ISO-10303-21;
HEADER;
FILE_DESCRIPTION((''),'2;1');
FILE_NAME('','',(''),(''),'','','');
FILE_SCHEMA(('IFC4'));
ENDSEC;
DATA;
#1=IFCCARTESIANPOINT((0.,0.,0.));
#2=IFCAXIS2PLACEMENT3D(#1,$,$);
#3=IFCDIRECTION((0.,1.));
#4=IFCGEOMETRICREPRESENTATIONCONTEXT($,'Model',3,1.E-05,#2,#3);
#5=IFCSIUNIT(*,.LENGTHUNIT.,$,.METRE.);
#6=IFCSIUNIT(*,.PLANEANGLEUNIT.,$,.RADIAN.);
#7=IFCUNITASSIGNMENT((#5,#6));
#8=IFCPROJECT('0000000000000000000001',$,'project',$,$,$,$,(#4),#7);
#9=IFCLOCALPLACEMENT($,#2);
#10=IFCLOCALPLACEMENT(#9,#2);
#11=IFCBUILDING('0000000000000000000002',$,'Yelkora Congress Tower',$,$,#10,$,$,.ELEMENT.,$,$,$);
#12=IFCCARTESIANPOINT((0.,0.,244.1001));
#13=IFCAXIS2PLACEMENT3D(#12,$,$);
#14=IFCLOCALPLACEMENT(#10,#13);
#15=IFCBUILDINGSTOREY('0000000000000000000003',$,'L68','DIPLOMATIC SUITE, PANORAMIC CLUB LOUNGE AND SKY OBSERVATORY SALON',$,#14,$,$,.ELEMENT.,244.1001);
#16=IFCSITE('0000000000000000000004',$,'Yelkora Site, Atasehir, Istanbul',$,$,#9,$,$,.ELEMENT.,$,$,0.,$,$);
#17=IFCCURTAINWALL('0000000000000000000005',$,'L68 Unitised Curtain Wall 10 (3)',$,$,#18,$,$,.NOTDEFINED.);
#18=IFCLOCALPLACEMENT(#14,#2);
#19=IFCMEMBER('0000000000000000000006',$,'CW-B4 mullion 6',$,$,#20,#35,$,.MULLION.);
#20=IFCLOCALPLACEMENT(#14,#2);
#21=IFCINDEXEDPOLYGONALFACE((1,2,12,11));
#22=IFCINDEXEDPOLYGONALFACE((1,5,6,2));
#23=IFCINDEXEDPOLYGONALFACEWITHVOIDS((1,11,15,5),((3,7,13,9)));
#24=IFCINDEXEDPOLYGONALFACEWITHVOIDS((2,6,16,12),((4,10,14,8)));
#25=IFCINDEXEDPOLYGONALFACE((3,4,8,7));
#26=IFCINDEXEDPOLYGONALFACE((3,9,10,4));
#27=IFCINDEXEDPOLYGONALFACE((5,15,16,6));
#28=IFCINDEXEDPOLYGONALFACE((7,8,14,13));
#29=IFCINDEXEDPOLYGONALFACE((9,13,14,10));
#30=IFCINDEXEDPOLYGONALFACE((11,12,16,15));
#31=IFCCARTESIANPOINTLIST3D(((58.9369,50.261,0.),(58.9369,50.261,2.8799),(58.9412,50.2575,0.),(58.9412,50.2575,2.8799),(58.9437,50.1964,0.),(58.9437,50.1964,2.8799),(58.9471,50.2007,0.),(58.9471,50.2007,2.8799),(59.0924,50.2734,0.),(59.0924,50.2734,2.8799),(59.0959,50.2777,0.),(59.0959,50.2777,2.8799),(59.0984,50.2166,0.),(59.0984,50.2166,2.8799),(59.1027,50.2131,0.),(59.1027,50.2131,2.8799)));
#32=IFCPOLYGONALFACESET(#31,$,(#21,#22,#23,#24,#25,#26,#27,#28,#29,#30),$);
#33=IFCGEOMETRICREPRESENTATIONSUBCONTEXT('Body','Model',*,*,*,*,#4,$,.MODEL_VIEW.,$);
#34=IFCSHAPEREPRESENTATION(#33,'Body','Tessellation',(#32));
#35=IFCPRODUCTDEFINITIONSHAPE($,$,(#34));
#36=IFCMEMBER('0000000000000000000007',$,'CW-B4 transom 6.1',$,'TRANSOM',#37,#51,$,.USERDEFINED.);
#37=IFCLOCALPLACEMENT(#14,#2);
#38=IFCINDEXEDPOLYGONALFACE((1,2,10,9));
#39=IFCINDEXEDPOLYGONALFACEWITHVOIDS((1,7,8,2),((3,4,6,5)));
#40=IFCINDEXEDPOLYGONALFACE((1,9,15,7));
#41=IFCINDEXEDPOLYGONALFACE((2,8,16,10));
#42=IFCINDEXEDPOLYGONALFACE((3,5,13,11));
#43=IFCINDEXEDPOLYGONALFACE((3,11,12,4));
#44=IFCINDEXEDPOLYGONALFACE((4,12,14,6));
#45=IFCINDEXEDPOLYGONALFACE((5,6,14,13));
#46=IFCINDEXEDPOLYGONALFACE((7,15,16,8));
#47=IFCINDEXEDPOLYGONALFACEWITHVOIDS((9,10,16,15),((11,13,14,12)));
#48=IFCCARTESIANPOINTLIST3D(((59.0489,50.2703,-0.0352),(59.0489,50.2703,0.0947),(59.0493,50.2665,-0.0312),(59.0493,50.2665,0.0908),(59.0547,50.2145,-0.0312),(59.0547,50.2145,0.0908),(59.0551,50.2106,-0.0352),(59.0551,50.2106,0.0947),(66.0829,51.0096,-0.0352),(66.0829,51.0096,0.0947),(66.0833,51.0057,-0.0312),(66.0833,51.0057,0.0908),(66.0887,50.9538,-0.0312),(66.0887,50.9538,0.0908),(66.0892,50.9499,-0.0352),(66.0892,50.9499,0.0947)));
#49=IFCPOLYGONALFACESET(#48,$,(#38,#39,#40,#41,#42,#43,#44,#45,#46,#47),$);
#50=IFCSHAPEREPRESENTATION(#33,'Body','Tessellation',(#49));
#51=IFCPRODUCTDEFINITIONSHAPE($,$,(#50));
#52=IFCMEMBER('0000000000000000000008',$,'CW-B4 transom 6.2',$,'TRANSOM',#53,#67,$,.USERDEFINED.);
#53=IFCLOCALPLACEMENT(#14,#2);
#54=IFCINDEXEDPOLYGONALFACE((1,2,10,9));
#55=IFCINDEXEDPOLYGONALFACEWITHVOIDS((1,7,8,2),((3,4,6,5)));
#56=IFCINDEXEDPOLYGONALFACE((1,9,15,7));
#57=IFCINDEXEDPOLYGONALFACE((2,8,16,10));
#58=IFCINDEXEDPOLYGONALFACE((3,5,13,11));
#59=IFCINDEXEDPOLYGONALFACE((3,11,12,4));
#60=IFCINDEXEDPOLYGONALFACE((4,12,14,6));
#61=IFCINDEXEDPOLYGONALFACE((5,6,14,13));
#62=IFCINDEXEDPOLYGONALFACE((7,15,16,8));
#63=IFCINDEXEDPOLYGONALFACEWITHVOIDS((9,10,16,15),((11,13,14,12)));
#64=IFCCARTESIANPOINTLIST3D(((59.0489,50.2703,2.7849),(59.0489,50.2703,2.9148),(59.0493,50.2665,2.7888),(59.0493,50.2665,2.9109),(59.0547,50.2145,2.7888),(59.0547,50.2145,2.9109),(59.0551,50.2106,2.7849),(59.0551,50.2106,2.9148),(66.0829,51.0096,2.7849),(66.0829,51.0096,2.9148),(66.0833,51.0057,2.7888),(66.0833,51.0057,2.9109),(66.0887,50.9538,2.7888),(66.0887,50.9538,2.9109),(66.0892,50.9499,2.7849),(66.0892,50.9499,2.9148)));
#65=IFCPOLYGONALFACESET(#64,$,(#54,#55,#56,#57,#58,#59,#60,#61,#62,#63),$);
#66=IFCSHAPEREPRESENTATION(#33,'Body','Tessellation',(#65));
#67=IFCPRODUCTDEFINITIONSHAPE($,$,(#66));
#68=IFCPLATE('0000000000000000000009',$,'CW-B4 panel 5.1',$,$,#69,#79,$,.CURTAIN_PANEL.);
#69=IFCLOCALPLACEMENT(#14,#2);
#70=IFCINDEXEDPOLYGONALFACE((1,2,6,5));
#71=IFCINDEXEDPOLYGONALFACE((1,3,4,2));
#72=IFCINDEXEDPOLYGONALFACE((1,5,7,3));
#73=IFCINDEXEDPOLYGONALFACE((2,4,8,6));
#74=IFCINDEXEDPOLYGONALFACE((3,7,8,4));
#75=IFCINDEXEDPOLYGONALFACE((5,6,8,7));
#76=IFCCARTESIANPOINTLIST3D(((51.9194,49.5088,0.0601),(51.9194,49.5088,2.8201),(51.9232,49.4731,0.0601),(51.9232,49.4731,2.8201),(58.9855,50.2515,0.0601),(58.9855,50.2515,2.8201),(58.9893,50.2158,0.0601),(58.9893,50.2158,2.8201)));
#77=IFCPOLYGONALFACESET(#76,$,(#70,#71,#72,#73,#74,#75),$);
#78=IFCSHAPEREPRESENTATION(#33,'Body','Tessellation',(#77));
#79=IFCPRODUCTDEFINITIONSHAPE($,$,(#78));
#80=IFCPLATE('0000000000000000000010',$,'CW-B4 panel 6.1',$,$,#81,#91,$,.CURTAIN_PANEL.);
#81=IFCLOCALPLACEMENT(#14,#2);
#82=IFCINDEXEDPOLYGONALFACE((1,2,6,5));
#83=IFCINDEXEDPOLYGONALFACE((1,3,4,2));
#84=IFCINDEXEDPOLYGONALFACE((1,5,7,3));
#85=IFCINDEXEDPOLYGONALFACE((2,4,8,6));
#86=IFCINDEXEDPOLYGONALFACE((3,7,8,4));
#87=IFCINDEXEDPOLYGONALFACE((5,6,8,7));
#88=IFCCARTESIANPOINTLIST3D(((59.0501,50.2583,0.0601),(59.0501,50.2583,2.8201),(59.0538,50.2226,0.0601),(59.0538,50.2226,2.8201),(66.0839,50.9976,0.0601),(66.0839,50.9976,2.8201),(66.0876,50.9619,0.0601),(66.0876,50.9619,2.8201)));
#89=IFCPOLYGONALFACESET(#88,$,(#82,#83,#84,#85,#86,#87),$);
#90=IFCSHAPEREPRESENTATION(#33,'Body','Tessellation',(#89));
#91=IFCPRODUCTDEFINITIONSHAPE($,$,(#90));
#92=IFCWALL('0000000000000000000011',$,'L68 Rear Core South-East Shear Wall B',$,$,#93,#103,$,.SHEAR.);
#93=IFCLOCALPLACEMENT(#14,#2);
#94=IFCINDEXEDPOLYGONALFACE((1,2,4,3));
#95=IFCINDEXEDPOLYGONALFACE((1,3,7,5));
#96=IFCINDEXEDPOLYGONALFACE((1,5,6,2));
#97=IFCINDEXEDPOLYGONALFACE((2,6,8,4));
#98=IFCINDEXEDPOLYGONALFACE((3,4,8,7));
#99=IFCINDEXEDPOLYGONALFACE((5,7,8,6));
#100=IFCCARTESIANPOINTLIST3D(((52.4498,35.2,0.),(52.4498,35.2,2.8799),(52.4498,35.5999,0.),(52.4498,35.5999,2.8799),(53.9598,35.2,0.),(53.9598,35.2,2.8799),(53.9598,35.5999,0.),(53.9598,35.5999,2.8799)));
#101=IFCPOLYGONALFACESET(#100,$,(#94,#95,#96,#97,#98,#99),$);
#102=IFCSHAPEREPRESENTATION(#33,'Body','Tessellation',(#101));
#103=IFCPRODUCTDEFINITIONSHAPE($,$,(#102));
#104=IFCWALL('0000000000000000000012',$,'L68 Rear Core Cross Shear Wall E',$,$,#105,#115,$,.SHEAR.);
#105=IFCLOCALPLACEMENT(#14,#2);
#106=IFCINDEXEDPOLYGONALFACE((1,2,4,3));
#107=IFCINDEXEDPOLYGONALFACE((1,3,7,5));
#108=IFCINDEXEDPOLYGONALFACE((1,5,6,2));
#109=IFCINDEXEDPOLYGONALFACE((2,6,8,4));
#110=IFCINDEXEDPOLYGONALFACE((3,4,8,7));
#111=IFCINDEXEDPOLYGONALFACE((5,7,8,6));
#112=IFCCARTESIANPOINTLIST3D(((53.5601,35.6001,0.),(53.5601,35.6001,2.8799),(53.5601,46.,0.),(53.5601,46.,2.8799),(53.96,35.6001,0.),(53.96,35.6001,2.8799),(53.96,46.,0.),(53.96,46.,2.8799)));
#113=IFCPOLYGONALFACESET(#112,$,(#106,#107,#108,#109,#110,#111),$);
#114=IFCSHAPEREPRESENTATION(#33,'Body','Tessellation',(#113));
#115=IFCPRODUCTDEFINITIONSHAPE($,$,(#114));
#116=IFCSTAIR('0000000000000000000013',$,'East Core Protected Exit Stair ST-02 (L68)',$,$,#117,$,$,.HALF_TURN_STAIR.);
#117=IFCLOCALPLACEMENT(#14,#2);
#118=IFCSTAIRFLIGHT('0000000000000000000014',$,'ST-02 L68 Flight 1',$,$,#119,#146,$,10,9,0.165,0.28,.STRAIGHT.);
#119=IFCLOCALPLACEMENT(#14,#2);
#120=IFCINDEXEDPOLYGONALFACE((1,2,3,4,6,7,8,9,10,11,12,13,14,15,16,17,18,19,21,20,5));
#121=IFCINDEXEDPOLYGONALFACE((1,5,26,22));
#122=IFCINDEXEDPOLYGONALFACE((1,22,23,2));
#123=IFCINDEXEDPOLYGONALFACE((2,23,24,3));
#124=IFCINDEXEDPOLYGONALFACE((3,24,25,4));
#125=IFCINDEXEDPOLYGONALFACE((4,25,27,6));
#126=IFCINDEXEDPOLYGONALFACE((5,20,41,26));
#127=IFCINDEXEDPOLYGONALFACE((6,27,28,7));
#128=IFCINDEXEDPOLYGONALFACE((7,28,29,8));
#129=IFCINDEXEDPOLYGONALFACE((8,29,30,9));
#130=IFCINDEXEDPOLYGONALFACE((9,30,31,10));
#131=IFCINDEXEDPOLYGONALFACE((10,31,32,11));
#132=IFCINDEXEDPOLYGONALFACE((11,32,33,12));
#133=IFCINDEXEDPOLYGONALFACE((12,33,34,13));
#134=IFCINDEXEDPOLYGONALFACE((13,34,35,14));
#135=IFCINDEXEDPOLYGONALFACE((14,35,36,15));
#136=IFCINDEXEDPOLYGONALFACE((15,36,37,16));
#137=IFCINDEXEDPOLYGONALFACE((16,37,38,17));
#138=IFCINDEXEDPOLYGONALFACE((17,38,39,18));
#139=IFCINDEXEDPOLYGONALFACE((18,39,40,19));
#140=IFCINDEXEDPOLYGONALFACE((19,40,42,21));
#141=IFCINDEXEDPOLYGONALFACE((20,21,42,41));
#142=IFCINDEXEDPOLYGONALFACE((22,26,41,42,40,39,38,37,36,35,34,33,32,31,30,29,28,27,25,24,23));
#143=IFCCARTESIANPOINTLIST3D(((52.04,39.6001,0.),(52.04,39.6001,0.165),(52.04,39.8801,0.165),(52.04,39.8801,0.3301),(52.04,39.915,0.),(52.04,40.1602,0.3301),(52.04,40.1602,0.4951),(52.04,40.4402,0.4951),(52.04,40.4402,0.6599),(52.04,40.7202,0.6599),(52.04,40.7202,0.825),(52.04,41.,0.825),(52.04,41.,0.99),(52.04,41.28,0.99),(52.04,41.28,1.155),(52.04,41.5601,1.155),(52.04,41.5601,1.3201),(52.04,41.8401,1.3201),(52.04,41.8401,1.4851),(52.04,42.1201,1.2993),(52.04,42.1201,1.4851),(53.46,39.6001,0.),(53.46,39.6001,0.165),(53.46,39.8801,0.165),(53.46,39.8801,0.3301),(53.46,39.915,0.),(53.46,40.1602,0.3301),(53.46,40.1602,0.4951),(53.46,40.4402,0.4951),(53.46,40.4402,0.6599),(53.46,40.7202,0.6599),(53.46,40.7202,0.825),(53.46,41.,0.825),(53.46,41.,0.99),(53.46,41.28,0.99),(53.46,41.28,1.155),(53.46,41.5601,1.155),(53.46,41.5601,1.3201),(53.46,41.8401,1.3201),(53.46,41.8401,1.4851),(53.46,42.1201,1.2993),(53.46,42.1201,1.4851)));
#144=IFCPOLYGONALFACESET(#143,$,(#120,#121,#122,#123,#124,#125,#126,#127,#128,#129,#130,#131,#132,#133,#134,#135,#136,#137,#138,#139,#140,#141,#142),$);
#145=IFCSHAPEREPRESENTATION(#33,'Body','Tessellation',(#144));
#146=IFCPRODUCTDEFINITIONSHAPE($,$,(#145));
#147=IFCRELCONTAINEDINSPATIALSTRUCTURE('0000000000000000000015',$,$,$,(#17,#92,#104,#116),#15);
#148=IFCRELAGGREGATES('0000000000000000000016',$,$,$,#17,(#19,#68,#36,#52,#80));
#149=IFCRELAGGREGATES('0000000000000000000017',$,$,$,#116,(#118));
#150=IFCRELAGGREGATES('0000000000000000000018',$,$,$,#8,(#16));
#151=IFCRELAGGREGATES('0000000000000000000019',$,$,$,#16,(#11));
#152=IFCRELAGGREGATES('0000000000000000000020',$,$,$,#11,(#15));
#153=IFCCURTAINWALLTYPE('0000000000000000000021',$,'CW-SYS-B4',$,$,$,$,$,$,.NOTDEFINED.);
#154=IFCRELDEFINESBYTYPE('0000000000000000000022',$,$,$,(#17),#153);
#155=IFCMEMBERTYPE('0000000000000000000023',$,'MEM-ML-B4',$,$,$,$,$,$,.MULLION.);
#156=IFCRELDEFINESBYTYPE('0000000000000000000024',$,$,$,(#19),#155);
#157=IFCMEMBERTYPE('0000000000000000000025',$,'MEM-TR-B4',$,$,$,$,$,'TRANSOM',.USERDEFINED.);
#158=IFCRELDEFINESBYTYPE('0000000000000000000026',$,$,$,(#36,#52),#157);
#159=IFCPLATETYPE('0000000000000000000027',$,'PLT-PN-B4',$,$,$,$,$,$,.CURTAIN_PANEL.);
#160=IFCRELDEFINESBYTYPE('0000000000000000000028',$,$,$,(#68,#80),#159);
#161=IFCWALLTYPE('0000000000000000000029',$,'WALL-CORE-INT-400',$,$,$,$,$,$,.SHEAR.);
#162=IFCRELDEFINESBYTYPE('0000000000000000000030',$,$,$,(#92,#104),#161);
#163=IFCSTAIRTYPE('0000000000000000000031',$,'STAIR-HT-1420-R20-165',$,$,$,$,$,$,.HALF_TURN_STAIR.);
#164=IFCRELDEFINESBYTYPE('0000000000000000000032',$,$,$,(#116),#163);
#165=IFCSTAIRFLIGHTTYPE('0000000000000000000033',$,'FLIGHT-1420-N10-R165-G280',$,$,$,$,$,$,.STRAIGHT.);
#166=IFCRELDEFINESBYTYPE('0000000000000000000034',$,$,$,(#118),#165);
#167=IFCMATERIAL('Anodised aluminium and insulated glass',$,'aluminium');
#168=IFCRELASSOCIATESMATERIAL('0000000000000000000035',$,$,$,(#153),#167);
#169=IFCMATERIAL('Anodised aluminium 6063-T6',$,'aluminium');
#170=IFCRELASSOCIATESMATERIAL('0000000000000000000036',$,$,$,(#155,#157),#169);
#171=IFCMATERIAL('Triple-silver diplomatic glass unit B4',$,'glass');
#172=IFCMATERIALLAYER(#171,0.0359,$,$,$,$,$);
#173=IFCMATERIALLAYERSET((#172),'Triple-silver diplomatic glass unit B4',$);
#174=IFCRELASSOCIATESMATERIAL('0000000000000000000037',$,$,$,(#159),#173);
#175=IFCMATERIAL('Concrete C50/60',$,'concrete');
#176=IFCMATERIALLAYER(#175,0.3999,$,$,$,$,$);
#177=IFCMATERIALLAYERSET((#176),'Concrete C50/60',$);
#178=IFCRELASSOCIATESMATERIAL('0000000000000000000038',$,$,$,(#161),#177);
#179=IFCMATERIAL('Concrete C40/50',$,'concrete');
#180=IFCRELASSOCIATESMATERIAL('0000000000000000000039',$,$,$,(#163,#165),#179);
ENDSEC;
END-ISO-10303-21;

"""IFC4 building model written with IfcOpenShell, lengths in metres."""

from ifc_helpers import new_model, si_unit, direction, frame, frame_2d, origin, origin_2d, place, context, subcontext, project, spatial, polyline, rectangle, hollow_rectangle, outline, extrude, material, layer, layer_set, material_profile, profile_set, type_object, element, aggregate, save


model = new_model("IFC4")

# Units and contexts
model_context = context("Model", 3, precision=1e-05, world=origin(), true_north=direction((0.0, 1.0)))
body_context = subcontext(model_context, "Body", "Model", "MODEL_VIEW")
ifc_project = project(units=[si_unit("LENGTHUNIT", "METRE"), si_unit("PLANEANGLEUNIT", "RADIAN")], contexts=[model_context])

# Site, building, storey
site_placement = place(None, origin())
site = spatial("IfcSite", under=ifc_project, at=site_placement, Name="Yelkora Site, Atasehir, Istanbul", CompositionType="ELEMENT", RefElevation=0.0)
building_placement = place(site_placement, origin())
building = spatial("IfcBuilding", under=site, at=building_placement, Name="Yelkora Congress Tower", CompositionType="ELEMENT")
storey_placement = place(building_placement, frame((0.0, 0.0, 244.1001)))
storey = spatial("IfcBuildingStorey", under=building, at=storey_placement, Name="L68", Description="DIPLOMATIC SUITE, PANORAMIC CLUB LOUNGE AND SKY OBSERVATORY SALON", CompositionType="ELEMENT", Elevation=244.1001)

# Curtain wall, members, plates
ifc_material_1 = material(Name="Anodised aluminium and insulated glass", Category="aluminium")
curtain_wall_type = type_object("IfcCurtainWallType", Name="CW-SYS-B4", PredefinedType="NOTDEFINED", material=ifc_material_1)
curtain_wall_placement = place(storey_placement, origin())
curtain_wall = element("IfcCurtainWall", 1, at=curtain_wall_placement, inside=storey, type_object=curtain_wall_type, Name="L68 Unitised Curtain Wall 10 (3)", PredefinedType="NOTDEFINED")
ifc_material_2 = material(Name="Anodised aluminium 6063-T6", Category="aluminium")
ifc_material_profile_1 = material_profile(ifc_material_2, hollow_rectangle(XDim=0.0649, YDim=0.1599, WallThickness=0.0039, at=origin_2d()), Name="ALU 65x160x4")
ifc_profile_set_1 = profile_set([ifc_material_profile_1], Name="Anodised aluminium 6063-T6")
member_type_1 = type_object("IfcMemberType", Name="MEM-ML-B4", PredefinedType="MULLION", material=ifc_profile_set_1)
member_1_placement = place(storey_placement, frame((59.0198, 50.2371, 0.0), z_axis=(0.0, 0.0, 1.0), x_axis=(-0.104528, 0.994522, 0.0)))
member_1 = element("IfcMember", 2, at=member_1_placement, type_object=member_type_1, Name="CW-B4 mullion 6", PredefinedType="MULLION", context=body_context, shape_type="SweptSolid", body=[
    extrude(hollow_rectangle(XDim=0.0649, YDim=0.1599, WallThickness=0.0039, at=origin_2d()), origin(), (0.0, 0.0, 1.0), 2.8799),
])
ifc_material_profile_2 = material_profile(ifc_material_2, hollow_rectangle(XDim=0.0601, YDim=0.1299, WallThickness=0.0039, at=origin_2d()), Name="ALU 60x130x4")
ifc_profile_set_2 = profile_set([ifc_material_profile_2], Name="Anodised aluminium 6063-T6")
member_type_2 = type_object("IfcMemberType", Name="MEM-TR-B4", ElementType="TRANSOM", PredefinedType="USERDEFINED", material=ifc_profile_set_2)
member_2_placement = place(storey_placement, frame((59.052, 50.2405, 0.0298), z_axis=(0.994522, 0.104523, 0.0), x_axis=(-0.104523, 0.994522, 0.0)))
member_2 = element("IfcMember", 3, at=member_2_placement, type_object=member_type_2, Name="CW-B4 transom 6.1", ObjectType="TRANSOM", PredefinedType="USERDEFINED", context=body_context, shape_type="SweptSolid", body=[
    extrude(hollow_rectangle(XDim=0.0601, YDim=0.1299, WallThickness=0.0039, at=origin_2d()), origin(), (0.0, 0.0, 1.0), 7.0728),
])
member_3_placement = place(storey_placement, frame((59.052, 50.2405, 2.8499), z_axis=(0.994522, 0.104523, 0.0), x_axis=(-0.104523, 0.994522, 0.0)))
member_3 = element("IfcMember", 4, at=member_3_placement, type_object=member_type_2, Name="CW-B4 transom 6.2", ObjectType="TRANSOM", PredefinedType="USERDEFINED", context=body_context, shape_type="SweptSolid", body=[
    extrude(hollow_rectangle(XDim=0.0601, YDim=0.1299, WallThickness=0.0039, at=origin_2d()), origin(), (0.0, 0.0, 1.0), 7.0728),
])
ifc_material_3 = material(Name="Triple-silver diplomatic glass unit B4", Category="glass")
ifc_layer_1 = layer(ifc_material_3, 0.0359)
ifc_layer_set_1 = layer_set([ifc_layer_1], Name="Triple-silver diplomatic glass unit B4")
plate_type = type_object("IfcPlateType", Name="PLT-PN-B4", PredefinedType="CURTAIN_PANEL", material=ifc_layer_set_1)
plate_1_placement = place(storey_placement, frame((55.4543, 49.8623, 0.0601), z_axis=(0.0, 0.0, 1.0), x_axis=(0.994522, 0.104528, 0.0)))
plate_1 = element("IfcPlate", 5, at=plate_1_placement, type_object=plate_type, Name="CW-B4 panel 5.1", PredefinedType="CURTAIN_PANEL", context=body_context, shape_type="SweptSolid", body=[
    extrude(rectangle(XDim=7.105, YDim=0.0359, at=origin_2d()), origin(), (0.0, 0.0, 1.0), 2.76),
])
plate_2_placement = place(storey_placement, frame((62.5688, 50.6101, 0.0601), z_axis=(0.0, 0.0, 1.0), x_axis=(0.994522, 0.104528, 0.0)))
plate_2 = element("IfcPlate", 6, at=plate_2_placement, type_object=plate_type, Name="CW-B4 panel 6.1", PredefinedType="CURTAIN_PANEL", context=body_context, shape_type="SweptSolid", body=[
    extrude(rectangle(XDim=7.0725, YDim=0.0359, at=origin_2d()), origin(), (0.0, 0.0, 1.0), 2.76),
])
aggregate(curtain_wall, [member_1, plate_1, member_2, member_3, plate_2])

# Walls
ifc_material_4 = material(Name="Concrete C50/60", Category="concrete")
ifc_layer_2 = layer(ifc_material_4, 0.3999)
ifc_layer_set_2 = layer_set([ifc_layer_2], Name="Concrete C50/60")
wall_type = type_object("IfcWallType", Name="WALL-CORE-INT-400", PredefinedType="SHEAR", material=ifc_layer_set_2)
wall_1_placement = place(storey_placement, frame((52.45, 35.3999, 0.0), z_axis=(0.0, 0.0, 1.0), x_axis=(1.0, 0.0, 0.0)))
element("IfcWall", 7, at=wall_1_placement, inside=storey, type_object=wall_type, Name="L68 Rear Core South-East Shear Wall B", PredefinedType="SHEAR", context=body_context, shape_type="SweptSolid", body=[
    extrude(rectangle(XDim=1.51, YDim=0.3999, at=frame_2d((0.7549, 0.0))), origin(), (0.0, 0.0, 1.0), 2.8799),
])
wall_2_placement = place(storey_placement, frame((53.76, 35.6001, 0.0), z_axis=(0.0, 0.0, 1.0), x_axis=(0.0, 1.0, 0.0)))
element("IfcWall", 8, at=wall_2_placement, inside=storey, type_object=wall_type, Name="L68 Rear Core Cross Shear Wall E", PredefinedType="SHEAR", context=body_context, shape_type="SweptSolid", body=[
    extrude(rectangle(XDim=10.3999, YDim=0.3999, at=frame_2d((5.2, 0.0))), origin(), (0.0, 0.0, 1.0), 2.8799),
])

# Stair, stair flight
ifc_material_5 = material(Name="Concrete C40/50", Category="concrete")
stair_type = type_object("IfcStairType", Name="STAIR-HT-1420-R20-165", PredefinedType="HALF_TURN_STAIR", material=ifc_material_5)
stair_placement = place(storey_placement, origin())
stair = element("IfcStair", 9, at=stair_placement, inside=storey, type_object=stair_type, Name="East Core Protected Exit Stair ST-02 (L68)", PredefinedType="HALF_TURN_STAIR")
stair_flight_type = type_object("IfcStairFlightType", Name="FLIGHT-1420-N10-R165-G280", PredefinedType="STRAIGHT", material=ifc_material_5)
stair_flight_placement = place(storey_placement, frame((52.75, 39.6001, 0.0), z_axis=(0.0, 0.0, 1.0), x_axis=(0.0, 1.0, 0.0)))
stair_flight = element("IfcStairFlight", 10, at=stair_flight_placement, type_object=stair_flight_type, Name="ST-02 L68 Flight 1", NumberOfRisers=10, NumberOfTreads=9, PredefinedType="STRAIGHT", RiserHeight=0.165, TreadLength=0.28, context=body_context, shape_type="SweptSolid", body=[
    extrude(outline(polyline([(0.0, 0.0), (0.0, 0.165), (0.28, 0.165), (0.28, 0.3301), (0.5601, 0.3301), (0.5601, 0.4951), (0.8401, 0.4951), (0.8401, 0.6599), (1.1201, 0.6599), (1.1201, 0.825), (1.3999, 0.825), (1.3999, 0.99), (1.6799, 0.99), (1.6799, 1.155), (1.96, 1.155), (1.96, 1.3201), (2.24, 1.3201), (2.24, 1.4851), (2.52, 1.4851), (2.52, 1.6499), (2.52, 1.2993), (0.3149, 0.0), (0.0, 0.0)])), frame((0.0, 0.71, 0.0), z_axis=(0.0, -1.0, 0.0), x_axis=(1.0, 0.0, 0.0)), (0.0, 0.0, 1.0), 1.4199),
])
aggregate(stair, [stair_flight])

save(model, "model.ifc")
